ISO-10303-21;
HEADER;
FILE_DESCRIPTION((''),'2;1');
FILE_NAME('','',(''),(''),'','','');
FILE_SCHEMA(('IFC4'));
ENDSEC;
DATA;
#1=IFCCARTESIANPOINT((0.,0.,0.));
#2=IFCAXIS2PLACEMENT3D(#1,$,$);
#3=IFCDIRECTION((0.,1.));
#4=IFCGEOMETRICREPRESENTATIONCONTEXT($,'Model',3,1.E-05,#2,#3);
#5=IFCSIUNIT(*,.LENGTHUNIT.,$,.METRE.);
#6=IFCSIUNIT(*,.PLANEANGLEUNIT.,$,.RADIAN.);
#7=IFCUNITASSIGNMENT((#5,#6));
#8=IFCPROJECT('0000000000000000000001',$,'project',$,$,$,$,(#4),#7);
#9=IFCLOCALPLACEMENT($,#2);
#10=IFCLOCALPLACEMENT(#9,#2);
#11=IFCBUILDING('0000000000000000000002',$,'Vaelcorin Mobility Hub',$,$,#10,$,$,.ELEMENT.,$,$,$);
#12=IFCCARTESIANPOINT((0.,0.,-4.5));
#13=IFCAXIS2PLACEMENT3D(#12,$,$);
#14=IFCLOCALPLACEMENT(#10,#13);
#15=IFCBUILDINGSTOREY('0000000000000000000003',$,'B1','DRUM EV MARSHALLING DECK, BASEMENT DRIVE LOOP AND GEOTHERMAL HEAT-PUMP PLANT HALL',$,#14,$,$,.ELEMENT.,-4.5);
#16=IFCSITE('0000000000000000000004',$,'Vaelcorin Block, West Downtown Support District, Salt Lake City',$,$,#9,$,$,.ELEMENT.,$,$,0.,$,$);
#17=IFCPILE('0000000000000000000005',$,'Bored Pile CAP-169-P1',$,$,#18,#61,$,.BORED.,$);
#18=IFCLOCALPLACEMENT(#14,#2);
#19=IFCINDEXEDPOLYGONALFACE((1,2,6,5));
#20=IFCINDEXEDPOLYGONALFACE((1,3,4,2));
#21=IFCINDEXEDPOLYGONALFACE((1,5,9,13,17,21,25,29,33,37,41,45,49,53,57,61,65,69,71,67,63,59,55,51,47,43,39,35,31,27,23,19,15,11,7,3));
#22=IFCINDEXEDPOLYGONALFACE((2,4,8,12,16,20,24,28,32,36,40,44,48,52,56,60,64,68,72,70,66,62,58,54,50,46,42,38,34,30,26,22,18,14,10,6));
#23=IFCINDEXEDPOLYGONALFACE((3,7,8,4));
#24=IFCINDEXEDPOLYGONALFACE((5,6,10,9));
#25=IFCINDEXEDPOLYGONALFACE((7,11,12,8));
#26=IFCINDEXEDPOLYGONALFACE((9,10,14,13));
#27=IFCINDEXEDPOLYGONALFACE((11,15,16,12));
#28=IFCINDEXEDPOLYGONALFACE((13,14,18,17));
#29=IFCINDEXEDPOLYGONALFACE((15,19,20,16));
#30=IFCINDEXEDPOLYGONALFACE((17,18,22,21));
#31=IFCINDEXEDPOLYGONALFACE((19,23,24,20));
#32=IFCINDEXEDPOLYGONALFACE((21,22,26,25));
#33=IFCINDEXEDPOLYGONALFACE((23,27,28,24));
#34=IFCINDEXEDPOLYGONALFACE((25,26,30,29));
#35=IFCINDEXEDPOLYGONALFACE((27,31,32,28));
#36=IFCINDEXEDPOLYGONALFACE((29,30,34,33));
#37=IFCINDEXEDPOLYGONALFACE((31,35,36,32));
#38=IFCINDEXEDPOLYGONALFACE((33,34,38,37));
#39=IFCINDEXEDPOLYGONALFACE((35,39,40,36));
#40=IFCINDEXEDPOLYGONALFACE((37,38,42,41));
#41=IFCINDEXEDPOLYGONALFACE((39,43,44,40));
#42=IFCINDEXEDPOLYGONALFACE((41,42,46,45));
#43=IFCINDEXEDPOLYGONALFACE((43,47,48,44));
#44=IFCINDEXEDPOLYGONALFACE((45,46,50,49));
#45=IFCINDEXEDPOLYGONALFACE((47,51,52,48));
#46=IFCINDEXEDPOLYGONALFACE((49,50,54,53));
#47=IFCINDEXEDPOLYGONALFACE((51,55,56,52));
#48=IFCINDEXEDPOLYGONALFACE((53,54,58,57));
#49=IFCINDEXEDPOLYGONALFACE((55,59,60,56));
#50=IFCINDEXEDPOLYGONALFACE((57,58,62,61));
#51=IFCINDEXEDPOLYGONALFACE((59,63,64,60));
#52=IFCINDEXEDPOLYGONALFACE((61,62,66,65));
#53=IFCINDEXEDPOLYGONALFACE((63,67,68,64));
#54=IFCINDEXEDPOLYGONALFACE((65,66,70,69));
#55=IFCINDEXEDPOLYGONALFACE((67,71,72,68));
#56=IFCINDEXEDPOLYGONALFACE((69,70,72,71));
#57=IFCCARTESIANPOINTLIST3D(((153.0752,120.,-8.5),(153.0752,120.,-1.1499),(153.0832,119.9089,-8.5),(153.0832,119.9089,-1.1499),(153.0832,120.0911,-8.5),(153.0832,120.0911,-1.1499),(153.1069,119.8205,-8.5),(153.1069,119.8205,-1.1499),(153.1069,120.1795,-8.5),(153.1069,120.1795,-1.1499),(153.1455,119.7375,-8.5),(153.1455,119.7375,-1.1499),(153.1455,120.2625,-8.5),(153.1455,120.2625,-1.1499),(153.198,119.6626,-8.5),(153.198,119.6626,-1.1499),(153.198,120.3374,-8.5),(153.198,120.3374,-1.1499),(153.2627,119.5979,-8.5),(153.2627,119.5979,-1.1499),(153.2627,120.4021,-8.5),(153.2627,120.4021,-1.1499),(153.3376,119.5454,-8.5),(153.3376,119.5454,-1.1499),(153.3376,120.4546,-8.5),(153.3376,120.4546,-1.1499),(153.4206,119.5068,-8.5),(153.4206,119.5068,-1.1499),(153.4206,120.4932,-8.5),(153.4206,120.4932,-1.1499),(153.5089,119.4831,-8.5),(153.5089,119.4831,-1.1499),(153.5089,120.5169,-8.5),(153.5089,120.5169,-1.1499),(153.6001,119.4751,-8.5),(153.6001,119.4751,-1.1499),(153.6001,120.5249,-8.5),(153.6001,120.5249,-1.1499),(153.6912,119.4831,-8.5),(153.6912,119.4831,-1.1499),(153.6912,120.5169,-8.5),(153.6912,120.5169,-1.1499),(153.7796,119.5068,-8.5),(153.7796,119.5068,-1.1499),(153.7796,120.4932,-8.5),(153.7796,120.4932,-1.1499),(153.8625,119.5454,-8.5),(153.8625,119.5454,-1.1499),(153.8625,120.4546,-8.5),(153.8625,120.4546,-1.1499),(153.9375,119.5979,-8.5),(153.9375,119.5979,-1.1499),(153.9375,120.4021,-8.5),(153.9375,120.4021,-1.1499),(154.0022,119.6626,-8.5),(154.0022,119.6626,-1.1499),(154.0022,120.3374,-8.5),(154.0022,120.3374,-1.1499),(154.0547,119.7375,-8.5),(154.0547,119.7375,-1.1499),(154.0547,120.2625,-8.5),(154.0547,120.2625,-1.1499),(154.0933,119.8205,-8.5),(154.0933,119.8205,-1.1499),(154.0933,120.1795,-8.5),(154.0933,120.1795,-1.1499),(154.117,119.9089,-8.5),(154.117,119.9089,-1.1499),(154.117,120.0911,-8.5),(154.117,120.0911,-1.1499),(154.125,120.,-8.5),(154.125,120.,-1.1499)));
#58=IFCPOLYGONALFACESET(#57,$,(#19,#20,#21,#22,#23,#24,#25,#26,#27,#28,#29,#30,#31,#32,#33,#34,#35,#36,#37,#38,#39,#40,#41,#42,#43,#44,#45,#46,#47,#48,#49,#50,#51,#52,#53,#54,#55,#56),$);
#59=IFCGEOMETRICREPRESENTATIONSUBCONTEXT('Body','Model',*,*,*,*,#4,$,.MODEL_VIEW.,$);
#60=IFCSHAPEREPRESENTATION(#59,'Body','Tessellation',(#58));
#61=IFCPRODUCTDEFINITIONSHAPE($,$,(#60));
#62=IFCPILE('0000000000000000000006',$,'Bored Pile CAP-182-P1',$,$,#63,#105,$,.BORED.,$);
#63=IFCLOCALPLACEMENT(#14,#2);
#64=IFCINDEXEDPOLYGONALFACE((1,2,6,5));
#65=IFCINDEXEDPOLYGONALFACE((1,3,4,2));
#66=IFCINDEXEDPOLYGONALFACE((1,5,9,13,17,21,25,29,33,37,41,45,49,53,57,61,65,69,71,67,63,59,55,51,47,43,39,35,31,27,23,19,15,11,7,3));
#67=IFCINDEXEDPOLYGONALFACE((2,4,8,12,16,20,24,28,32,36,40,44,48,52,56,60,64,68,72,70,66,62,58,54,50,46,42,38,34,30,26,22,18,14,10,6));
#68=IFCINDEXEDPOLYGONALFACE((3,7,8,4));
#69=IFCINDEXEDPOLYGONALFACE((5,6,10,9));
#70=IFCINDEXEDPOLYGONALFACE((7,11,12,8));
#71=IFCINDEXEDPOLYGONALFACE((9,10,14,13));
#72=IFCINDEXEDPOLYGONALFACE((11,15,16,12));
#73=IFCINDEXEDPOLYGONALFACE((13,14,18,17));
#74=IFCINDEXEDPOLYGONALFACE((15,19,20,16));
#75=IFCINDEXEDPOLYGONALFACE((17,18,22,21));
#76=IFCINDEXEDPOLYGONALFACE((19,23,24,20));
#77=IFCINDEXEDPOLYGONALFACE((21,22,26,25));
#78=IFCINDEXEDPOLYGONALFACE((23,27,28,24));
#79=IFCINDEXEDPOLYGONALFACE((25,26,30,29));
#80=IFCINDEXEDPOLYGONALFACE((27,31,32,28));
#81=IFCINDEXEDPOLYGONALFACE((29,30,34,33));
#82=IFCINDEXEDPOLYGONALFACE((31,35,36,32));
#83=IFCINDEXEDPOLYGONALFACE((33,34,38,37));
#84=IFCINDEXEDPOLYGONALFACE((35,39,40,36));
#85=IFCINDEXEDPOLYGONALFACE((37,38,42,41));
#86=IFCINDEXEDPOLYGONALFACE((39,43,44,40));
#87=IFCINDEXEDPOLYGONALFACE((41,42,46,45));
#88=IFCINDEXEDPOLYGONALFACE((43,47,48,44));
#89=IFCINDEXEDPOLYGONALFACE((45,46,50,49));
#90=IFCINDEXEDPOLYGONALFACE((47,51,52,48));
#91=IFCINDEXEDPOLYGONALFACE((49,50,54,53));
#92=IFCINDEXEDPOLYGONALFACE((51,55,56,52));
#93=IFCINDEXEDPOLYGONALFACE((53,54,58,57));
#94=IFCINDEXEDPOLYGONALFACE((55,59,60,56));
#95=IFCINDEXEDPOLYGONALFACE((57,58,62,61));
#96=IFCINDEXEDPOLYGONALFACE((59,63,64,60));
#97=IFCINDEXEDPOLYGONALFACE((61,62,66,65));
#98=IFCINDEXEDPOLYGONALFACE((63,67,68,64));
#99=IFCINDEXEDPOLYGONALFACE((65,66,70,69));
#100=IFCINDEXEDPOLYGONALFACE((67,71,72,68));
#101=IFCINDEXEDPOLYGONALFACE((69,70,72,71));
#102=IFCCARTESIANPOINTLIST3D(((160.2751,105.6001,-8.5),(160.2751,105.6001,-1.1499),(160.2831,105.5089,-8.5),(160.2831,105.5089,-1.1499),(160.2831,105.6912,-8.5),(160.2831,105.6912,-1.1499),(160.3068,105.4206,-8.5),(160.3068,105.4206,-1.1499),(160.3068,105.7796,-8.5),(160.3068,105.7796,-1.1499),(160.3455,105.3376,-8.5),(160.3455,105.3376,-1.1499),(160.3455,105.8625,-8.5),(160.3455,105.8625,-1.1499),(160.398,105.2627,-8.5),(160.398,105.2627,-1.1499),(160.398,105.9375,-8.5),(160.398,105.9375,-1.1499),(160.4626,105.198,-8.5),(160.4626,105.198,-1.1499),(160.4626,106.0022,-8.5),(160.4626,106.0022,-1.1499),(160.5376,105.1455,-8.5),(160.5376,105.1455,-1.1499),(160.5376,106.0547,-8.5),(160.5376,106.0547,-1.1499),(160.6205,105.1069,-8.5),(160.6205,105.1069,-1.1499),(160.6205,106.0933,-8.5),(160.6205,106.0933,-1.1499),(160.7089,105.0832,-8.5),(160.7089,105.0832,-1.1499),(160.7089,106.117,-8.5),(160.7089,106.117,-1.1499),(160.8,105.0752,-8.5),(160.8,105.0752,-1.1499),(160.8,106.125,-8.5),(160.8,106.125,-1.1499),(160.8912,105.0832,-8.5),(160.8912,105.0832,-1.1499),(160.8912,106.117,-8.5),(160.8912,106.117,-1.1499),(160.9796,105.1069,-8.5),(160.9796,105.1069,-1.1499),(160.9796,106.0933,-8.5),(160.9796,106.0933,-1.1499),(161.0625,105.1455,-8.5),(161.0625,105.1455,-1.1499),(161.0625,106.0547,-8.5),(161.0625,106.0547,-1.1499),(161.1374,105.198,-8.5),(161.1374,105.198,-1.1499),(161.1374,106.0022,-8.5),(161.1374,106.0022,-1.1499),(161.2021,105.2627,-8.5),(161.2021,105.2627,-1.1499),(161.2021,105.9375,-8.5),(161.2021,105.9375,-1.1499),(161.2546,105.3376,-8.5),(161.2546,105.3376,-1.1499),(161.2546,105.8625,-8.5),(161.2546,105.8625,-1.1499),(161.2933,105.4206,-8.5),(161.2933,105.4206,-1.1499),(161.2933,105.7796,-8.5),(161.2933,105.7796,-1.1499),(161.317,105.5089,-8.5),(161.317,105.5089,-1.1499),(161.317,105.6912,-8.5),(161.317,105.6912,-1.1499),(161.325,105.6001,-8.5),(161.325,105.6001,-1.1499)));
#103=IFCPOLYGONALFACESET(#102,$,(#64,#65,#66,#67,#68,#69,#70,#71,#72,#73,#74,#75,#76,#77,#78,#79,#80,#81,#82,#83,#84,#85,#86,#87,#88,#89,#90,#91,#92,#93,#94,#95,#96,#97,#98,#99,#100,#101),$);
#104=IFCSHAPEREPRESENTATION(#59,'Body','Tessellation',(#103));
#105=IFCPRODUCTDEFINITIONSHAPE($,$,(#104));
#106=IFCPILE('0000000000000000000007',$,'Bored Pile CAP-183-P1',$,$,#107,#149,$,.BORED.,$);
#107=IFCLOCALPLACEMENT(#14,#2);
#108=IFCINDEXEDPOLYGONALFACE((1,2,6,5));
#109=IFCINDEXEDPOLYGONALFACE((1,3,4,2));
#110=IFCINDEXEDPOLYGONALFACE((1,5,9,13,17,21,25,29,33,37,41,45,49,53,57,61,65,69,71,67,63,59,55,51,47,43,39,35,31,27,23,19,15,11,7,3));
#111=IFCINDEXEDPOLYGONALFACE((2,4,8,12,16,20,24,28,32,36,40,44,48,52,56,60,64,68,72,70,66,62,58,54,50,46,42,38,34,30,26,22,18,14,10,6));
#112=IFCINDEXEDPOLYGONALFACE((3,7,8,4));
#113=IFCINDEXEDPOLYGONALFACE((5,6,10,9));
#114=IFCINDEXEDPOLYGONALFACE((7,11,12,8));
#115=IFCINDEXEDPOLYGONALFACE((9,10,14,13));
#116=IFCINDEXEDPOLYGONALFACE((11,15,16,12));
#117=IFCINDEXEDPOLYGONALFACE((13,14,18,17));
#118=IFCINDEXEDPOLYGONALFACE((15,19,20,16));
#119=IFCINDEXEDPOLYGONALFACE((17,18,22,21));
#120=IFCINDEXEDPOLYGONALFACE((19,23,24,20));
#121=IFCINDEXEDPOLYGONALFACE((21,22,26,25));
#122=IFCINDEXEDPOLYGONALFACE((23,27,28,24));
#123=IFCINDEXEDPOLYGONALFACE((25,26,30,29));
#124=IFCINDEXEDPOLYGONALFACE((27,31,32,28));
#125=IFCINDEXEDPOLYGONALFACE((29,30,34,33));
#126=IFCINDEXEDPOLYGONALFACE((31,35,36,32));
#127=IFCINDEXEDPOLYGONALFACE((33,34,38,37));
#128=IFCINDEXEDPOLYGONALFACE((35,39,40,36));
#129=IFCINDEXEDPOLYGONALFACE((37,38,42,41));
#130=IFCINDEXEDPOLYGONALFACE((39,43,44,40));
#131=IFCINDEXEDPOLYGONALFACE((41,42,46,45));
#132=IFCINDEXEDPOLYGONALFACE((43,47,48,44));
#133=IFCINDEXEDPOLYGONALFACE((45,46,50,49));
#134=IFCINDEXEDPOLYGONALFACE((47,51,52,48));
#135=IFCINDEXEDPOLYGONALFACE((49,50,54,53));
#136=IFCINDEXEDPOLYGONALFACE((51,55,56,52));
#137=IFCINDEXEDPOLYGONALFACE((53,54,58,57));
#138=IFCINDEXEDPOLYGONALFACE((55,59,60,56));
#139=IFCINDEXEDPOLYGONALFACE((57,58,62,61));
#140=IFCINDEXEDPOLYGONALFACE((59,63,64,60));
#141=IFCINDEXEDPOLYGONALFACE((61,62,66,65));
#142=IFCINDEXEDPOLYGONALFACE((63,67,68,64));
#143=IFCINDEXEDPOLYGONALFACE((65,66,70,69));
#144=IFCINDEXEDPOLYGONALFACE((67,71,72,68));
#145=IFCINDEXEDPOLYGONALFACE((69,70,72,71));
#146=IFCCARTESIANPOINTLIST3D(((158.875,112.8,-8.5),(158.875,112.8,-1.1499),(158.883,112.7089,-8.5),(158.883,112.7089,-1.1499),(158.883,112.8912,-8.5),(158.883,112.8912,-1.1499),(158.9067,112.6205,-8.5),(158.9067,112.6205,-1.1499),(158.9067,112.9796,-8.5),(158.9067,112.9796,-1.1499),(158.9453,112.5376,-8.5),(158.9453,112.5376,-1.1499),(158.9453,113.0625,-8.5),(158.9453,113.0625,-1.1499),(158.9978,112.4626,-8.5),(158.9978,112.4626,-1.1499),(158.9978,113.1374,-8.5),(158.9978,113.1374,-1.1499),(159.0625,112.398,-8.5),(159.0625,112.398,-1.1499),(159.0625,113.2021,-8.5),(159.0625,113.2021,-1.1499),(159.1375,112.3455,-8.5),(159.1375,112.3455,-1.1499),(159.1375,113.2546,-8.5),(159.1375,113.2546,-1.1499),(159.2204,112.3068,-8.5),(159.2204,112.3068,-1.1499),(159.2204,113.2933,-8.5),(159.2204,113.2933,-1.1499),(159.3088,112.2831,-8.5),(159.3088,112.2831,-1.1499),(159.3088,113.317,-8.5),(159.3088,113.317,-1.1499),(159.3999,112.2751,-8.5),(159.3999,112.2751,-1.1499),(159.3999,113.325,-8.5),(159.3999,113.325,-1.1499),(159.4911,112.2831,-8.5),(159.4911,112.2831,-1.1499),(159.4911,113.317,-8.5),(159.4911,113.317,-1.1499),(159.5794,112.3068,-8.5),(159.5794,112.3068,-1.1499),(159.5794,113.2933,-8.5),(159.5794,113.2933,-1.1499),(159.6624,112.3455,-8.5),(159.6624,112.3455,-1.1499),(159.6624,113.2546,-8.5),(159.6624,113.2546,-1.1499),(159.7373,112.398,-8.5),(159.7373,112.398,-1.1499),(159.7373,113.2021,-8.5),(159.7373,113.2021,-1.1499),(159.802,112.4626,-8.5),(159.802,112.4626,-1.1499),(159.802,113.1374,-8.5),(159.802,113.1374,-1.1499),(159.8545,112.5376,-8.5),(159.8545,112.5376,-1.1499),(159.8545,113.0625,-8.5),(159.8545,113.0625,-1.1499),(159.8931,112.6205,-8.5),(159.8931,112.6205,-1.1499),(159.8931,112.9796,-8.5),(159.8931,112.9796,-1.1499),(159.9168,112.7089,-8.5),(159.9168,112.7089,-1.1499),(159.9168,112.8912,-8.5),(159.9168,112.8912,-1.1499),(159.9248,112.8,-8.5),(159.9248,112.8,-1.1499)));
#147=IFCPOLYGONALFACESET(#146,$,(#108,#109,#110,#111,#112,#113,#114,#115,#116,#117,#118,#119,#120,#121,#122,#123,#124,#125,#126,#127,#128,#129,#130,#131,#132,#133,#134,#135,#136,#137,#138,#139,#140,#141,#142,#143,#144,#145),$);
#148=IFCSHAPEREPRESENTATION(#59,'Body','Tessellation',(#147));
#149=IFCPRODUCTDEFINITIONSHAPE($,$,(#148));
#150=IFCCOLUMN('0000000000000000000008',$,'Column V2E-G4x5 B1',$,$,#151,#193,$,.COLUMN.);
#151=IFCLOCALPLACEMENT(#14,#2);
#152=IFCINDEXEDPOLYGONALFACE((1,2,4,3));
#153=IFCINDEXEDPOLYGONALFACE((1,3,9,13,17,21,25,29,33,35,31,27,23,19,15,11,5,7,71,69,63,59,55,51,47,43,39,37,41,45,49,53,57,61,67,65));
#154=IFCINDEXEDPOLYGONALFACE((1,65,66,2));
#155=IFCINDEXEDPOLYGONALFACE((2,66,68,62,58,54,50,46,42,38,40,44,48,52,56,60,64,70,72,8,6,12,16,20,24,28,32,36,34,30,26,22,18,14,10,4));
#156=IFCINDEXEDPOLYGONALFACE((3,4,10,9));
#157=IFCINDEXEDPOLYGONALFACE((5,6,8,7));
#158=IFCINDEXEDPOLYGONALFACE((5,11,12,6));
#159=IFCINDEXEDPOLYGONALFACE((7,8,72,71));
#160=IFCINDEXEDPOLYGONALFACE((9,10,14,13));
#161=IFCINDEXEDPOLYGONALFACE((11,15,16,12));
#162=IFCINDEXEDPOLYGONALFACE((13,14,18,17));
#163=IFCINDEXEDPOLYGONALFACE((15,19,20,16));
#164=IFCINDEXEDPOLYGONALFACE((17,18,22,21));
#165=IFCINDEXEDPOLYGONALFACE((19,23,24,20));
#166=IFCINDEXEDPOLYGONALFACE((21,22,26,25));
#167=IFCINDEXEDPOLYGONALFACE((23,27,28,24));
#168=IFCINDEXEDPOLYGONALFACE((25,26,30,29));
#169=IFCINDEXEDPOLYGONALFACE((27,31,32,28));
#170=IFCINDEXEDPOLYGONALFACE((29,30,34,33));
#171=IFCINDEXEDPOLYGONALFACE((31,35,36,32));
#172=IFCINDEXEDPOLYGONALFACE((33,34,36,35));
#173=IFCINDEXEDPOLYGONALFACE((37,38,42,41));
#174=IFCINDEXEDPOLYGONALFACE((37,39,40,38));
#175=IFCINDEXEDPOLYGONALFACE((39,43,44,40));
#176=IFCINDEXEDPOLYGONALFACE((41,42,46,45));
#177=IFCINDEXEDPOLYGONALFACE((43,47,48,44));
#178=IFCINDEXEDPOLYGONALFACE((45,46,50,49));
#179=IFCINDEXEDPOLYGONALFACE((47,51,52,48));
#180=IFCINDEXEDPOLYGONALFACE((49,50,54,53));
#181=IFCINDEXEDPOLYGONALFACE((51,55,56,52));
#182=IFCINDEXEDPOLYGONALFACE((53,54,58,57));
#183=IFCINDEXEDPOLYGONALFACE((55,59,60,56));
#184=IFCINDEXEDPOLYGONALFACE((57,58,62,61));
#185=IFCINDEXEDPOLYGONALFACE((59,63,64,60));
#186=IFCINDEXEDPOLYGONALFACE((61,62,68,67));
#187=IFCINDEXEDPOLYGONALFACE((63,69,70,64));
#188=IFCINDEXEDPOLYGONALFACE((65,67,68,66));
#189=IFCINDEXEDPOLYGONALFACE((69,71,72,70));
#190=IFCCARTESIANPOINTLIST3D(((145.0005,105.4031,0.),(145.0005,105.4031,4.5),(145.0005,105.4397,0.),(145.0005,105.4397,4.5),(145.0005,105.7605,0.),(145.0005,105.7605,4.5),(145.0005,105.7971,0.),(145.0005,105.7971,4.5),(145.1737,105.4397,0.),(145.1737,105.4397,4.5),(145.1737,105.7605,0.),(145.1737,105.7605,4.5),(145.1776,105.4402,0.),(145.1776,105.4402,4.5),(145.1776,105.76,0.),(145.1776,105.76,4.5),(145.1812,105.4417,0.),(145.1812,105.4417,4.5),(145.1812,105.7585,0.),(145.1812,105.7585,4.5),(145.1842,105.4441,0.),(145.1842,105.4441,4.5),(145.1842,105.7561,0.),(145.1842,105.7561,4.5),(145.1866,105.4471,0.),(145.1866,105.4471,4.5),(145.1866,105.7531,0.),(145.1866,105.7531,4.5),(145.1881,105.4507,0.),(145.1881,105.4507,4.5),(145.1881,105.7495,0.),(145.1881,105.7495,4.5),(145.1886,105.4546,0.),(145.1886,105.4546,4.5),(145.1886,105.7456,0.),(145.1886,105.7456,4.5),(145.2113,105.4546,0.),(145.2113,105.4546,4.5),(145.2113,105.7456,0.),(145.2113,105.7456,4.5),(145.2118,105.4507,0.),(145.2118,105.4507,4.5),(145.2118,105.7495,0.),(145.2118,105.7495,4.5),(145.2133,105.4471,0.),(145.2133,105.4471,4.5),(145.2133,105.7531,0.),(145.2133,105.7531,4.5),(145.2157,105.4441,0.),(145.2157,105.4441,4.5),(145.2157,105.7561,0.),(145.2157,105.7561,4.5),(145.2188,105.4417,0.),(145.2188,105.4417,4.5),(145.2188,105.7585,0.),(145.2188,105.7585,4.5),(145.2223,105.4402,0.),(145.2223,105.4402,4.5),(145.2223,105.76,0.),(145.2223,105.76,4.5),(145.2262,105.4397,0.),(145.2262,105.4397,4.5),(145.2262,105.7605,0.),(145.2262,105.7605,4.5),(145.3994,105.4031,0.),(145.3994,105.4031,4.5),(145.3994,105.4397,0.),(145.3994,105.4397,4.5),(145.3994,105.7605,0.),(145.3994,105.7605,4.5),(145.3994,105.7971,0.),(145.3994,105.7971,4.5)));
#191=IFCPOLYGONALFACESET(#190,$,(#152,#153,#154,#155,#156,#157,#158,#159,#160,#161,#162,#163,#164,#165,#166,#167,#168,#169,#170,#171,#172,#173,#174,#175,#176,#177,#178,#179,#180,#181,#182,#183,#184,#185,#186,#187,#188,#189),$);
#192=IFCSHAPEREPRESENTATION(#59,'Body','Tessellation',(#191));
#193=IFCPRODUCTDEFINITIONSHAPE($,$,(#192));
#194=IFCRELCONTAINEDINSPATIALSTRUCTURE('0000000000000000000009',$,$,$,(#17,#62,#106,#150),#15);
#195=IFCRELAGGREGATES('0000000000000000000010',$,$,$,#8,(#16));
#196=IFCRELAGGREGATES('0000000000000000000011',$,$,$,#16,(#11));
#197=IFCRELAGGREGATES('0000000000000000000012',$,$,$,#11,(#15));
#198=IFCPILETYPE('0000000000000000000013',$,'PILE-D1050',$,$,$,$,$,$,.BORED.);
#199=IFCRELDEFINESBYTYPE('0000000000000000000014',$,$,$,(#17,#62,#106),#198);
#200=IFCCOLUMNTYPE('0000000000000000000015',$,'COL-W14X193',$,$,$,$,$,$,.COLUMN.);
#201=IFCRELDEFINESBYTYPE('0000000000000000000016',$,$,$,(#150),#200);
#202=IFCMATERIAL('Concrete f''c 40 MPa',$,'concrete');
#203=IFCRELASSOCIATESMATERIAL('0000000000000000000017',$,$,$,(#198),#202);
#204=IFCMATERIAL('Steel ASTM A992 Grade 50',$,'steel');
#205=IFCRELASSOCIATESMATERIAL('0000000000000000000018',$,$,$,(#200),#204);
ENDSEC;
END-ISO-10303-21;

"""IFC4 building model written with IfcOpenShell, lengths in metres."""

from ifc_helpers import new_model, si_unit, direction, frame, origin, origin_2d, place, context, subcontext, project, spatial, circle, i_section, extrude, material, material_profile, profile_set, type_object, element, save


model = new_model("IFC4")

# Units and contexts
model_context = context("Model", 3, precision=1e-05, world=origin(), true_north=direction((0.0, 1.0)))
body_context = subcontext(model_context, "Body", "Model", "MODEL_VIEW")
ifc_project = project(units=[si_unit("LENGTHUNIT", "METRE"), si_unit("PLANEANGLEUNIT", "RADIAN")], contexts=[model_context])

# Site, building, storey
site_placement = place(None, origin())
site = spatial("IfcSite", under=ifc_project, at=site_placement, Name="Vaelcorin Block, West Downtown Support District, Salt Lake City", CompositionType="ELEMENT", RefElevation=0.0)
building_placement = place(site_placement, origin())
building = spatial("IfcBuilding", under=site, at=building_placement, Name="Vaelcorin Mobility Hub", CompositionType="ELEMENT")
storey_placement = place(building_placement, frame((0.0, 0.0, -4.5)))
storey = spatial("IfcBuildingStorey", under=building, at=storey_placement, Name="B1", Description="DRUM EV MARSHALLING DECK, BASEMENT DRIVE LOOP AND GEOTHERMAL HEAT-PUMP PLANT HALL", CompositionType="ELEMENT", Elevation=-4.5)

# Shared definitions
ifc_material_1 = material(Name="Concrete f'c 40 MPa", Category="concrete")

# Piles
ifc_material_profile_1 = material_profile(ifc_material_1, circle(Radius=0.5249, at=origin_2d()), Name="BP-D1050")
ifc_profile_set_1 = profile_set([ifc_material_profile_1], Name="Concrete f'c 40 MPa")
pile_type = type_object("IfcPileType", Name="PILE-D1050", PredefinedType="BORED", material=ifc_profile_set_1)
for number, where, z_axis, x_axis, name in (
    (1, (153.6001, 120.0, -1.1499), (0.0, 0.0, -1.0), (1.0, 0.0, 0.0), "Bored Pile CAP-169-P1"),
    (2, (160.8, 105.6001, -1.1499), (0.0, 0.0, -1.0), (1.0, 0.0, 0.0), "Bored Pile CAP-182-P1"),
    (3, (159.3999, 112.8, -1.1499), (0.0, 0.0, -1.0), (1.0, 0.0, 0.0), "Bored Pile CAP-183-P1"),
):
    element("IfcPile", number, at=place(storey_placement, frame(where, z_axis=z_axis, x_axis=x_axis)), inside=storey, type_object=pile_type, Name=name, PredefinedType="BORED", context=body_context, shape_type="SweptSolid", body=[
        extrude(circle(Radius=0.5249, at=origin_2d()), origin(), (0.0, 0.0, 1.0), 7.3501),
    ])

# Column
ifc_material_2 = material(Name="Steel ASTM A992 Grade 50", Category="steel")
ifc_material_profile_2 = material_profile(ifc_material_2, i_section(OverallWidth=0.3989, OverallDepth=0.394, WebThickness=0.0227, FlangeThickness=0.0366, FilletRadius=0.0149, at=origin_2d()), Name="W14X193")
ifc_profile_set_2 = profile_set([ifc_material_profile_2], Name="Steel ASTM A992 Grade 50")
column_type = type_object("IfcColumnType", Name="COL-W14X193", PredefinedType="COLUMN", material=ifc_profile_set_2)
for number, where, z_axis, x_axis, name in (
    (4, (145.2, 105.6001, 0.0), (0.0, 0.0, 1.0), (1.0, 0.0, 0.0), "Column V2E-G4x5 B1"),
):
    element("IfcColumn", number, at=place(storey_placement, frame(where, z_axis=z_axis, x_axis=x_axis)), inside=storey, type_object=column_type, Name=name, PredefinedType="COLUMN", context=body_context, shape_type="SweptSolid", body=[
        extrude(i_section(OverallWidth=0.3989, OverallDepth=0.394, WebThickness=0.0227, FlangeThickness=0.0366, FilletRadius=0.0149, at=origin_2d()), origin(), (0.0, 0.0, 1.0), 4.5),
    ])

save(model, "model.ifc")
